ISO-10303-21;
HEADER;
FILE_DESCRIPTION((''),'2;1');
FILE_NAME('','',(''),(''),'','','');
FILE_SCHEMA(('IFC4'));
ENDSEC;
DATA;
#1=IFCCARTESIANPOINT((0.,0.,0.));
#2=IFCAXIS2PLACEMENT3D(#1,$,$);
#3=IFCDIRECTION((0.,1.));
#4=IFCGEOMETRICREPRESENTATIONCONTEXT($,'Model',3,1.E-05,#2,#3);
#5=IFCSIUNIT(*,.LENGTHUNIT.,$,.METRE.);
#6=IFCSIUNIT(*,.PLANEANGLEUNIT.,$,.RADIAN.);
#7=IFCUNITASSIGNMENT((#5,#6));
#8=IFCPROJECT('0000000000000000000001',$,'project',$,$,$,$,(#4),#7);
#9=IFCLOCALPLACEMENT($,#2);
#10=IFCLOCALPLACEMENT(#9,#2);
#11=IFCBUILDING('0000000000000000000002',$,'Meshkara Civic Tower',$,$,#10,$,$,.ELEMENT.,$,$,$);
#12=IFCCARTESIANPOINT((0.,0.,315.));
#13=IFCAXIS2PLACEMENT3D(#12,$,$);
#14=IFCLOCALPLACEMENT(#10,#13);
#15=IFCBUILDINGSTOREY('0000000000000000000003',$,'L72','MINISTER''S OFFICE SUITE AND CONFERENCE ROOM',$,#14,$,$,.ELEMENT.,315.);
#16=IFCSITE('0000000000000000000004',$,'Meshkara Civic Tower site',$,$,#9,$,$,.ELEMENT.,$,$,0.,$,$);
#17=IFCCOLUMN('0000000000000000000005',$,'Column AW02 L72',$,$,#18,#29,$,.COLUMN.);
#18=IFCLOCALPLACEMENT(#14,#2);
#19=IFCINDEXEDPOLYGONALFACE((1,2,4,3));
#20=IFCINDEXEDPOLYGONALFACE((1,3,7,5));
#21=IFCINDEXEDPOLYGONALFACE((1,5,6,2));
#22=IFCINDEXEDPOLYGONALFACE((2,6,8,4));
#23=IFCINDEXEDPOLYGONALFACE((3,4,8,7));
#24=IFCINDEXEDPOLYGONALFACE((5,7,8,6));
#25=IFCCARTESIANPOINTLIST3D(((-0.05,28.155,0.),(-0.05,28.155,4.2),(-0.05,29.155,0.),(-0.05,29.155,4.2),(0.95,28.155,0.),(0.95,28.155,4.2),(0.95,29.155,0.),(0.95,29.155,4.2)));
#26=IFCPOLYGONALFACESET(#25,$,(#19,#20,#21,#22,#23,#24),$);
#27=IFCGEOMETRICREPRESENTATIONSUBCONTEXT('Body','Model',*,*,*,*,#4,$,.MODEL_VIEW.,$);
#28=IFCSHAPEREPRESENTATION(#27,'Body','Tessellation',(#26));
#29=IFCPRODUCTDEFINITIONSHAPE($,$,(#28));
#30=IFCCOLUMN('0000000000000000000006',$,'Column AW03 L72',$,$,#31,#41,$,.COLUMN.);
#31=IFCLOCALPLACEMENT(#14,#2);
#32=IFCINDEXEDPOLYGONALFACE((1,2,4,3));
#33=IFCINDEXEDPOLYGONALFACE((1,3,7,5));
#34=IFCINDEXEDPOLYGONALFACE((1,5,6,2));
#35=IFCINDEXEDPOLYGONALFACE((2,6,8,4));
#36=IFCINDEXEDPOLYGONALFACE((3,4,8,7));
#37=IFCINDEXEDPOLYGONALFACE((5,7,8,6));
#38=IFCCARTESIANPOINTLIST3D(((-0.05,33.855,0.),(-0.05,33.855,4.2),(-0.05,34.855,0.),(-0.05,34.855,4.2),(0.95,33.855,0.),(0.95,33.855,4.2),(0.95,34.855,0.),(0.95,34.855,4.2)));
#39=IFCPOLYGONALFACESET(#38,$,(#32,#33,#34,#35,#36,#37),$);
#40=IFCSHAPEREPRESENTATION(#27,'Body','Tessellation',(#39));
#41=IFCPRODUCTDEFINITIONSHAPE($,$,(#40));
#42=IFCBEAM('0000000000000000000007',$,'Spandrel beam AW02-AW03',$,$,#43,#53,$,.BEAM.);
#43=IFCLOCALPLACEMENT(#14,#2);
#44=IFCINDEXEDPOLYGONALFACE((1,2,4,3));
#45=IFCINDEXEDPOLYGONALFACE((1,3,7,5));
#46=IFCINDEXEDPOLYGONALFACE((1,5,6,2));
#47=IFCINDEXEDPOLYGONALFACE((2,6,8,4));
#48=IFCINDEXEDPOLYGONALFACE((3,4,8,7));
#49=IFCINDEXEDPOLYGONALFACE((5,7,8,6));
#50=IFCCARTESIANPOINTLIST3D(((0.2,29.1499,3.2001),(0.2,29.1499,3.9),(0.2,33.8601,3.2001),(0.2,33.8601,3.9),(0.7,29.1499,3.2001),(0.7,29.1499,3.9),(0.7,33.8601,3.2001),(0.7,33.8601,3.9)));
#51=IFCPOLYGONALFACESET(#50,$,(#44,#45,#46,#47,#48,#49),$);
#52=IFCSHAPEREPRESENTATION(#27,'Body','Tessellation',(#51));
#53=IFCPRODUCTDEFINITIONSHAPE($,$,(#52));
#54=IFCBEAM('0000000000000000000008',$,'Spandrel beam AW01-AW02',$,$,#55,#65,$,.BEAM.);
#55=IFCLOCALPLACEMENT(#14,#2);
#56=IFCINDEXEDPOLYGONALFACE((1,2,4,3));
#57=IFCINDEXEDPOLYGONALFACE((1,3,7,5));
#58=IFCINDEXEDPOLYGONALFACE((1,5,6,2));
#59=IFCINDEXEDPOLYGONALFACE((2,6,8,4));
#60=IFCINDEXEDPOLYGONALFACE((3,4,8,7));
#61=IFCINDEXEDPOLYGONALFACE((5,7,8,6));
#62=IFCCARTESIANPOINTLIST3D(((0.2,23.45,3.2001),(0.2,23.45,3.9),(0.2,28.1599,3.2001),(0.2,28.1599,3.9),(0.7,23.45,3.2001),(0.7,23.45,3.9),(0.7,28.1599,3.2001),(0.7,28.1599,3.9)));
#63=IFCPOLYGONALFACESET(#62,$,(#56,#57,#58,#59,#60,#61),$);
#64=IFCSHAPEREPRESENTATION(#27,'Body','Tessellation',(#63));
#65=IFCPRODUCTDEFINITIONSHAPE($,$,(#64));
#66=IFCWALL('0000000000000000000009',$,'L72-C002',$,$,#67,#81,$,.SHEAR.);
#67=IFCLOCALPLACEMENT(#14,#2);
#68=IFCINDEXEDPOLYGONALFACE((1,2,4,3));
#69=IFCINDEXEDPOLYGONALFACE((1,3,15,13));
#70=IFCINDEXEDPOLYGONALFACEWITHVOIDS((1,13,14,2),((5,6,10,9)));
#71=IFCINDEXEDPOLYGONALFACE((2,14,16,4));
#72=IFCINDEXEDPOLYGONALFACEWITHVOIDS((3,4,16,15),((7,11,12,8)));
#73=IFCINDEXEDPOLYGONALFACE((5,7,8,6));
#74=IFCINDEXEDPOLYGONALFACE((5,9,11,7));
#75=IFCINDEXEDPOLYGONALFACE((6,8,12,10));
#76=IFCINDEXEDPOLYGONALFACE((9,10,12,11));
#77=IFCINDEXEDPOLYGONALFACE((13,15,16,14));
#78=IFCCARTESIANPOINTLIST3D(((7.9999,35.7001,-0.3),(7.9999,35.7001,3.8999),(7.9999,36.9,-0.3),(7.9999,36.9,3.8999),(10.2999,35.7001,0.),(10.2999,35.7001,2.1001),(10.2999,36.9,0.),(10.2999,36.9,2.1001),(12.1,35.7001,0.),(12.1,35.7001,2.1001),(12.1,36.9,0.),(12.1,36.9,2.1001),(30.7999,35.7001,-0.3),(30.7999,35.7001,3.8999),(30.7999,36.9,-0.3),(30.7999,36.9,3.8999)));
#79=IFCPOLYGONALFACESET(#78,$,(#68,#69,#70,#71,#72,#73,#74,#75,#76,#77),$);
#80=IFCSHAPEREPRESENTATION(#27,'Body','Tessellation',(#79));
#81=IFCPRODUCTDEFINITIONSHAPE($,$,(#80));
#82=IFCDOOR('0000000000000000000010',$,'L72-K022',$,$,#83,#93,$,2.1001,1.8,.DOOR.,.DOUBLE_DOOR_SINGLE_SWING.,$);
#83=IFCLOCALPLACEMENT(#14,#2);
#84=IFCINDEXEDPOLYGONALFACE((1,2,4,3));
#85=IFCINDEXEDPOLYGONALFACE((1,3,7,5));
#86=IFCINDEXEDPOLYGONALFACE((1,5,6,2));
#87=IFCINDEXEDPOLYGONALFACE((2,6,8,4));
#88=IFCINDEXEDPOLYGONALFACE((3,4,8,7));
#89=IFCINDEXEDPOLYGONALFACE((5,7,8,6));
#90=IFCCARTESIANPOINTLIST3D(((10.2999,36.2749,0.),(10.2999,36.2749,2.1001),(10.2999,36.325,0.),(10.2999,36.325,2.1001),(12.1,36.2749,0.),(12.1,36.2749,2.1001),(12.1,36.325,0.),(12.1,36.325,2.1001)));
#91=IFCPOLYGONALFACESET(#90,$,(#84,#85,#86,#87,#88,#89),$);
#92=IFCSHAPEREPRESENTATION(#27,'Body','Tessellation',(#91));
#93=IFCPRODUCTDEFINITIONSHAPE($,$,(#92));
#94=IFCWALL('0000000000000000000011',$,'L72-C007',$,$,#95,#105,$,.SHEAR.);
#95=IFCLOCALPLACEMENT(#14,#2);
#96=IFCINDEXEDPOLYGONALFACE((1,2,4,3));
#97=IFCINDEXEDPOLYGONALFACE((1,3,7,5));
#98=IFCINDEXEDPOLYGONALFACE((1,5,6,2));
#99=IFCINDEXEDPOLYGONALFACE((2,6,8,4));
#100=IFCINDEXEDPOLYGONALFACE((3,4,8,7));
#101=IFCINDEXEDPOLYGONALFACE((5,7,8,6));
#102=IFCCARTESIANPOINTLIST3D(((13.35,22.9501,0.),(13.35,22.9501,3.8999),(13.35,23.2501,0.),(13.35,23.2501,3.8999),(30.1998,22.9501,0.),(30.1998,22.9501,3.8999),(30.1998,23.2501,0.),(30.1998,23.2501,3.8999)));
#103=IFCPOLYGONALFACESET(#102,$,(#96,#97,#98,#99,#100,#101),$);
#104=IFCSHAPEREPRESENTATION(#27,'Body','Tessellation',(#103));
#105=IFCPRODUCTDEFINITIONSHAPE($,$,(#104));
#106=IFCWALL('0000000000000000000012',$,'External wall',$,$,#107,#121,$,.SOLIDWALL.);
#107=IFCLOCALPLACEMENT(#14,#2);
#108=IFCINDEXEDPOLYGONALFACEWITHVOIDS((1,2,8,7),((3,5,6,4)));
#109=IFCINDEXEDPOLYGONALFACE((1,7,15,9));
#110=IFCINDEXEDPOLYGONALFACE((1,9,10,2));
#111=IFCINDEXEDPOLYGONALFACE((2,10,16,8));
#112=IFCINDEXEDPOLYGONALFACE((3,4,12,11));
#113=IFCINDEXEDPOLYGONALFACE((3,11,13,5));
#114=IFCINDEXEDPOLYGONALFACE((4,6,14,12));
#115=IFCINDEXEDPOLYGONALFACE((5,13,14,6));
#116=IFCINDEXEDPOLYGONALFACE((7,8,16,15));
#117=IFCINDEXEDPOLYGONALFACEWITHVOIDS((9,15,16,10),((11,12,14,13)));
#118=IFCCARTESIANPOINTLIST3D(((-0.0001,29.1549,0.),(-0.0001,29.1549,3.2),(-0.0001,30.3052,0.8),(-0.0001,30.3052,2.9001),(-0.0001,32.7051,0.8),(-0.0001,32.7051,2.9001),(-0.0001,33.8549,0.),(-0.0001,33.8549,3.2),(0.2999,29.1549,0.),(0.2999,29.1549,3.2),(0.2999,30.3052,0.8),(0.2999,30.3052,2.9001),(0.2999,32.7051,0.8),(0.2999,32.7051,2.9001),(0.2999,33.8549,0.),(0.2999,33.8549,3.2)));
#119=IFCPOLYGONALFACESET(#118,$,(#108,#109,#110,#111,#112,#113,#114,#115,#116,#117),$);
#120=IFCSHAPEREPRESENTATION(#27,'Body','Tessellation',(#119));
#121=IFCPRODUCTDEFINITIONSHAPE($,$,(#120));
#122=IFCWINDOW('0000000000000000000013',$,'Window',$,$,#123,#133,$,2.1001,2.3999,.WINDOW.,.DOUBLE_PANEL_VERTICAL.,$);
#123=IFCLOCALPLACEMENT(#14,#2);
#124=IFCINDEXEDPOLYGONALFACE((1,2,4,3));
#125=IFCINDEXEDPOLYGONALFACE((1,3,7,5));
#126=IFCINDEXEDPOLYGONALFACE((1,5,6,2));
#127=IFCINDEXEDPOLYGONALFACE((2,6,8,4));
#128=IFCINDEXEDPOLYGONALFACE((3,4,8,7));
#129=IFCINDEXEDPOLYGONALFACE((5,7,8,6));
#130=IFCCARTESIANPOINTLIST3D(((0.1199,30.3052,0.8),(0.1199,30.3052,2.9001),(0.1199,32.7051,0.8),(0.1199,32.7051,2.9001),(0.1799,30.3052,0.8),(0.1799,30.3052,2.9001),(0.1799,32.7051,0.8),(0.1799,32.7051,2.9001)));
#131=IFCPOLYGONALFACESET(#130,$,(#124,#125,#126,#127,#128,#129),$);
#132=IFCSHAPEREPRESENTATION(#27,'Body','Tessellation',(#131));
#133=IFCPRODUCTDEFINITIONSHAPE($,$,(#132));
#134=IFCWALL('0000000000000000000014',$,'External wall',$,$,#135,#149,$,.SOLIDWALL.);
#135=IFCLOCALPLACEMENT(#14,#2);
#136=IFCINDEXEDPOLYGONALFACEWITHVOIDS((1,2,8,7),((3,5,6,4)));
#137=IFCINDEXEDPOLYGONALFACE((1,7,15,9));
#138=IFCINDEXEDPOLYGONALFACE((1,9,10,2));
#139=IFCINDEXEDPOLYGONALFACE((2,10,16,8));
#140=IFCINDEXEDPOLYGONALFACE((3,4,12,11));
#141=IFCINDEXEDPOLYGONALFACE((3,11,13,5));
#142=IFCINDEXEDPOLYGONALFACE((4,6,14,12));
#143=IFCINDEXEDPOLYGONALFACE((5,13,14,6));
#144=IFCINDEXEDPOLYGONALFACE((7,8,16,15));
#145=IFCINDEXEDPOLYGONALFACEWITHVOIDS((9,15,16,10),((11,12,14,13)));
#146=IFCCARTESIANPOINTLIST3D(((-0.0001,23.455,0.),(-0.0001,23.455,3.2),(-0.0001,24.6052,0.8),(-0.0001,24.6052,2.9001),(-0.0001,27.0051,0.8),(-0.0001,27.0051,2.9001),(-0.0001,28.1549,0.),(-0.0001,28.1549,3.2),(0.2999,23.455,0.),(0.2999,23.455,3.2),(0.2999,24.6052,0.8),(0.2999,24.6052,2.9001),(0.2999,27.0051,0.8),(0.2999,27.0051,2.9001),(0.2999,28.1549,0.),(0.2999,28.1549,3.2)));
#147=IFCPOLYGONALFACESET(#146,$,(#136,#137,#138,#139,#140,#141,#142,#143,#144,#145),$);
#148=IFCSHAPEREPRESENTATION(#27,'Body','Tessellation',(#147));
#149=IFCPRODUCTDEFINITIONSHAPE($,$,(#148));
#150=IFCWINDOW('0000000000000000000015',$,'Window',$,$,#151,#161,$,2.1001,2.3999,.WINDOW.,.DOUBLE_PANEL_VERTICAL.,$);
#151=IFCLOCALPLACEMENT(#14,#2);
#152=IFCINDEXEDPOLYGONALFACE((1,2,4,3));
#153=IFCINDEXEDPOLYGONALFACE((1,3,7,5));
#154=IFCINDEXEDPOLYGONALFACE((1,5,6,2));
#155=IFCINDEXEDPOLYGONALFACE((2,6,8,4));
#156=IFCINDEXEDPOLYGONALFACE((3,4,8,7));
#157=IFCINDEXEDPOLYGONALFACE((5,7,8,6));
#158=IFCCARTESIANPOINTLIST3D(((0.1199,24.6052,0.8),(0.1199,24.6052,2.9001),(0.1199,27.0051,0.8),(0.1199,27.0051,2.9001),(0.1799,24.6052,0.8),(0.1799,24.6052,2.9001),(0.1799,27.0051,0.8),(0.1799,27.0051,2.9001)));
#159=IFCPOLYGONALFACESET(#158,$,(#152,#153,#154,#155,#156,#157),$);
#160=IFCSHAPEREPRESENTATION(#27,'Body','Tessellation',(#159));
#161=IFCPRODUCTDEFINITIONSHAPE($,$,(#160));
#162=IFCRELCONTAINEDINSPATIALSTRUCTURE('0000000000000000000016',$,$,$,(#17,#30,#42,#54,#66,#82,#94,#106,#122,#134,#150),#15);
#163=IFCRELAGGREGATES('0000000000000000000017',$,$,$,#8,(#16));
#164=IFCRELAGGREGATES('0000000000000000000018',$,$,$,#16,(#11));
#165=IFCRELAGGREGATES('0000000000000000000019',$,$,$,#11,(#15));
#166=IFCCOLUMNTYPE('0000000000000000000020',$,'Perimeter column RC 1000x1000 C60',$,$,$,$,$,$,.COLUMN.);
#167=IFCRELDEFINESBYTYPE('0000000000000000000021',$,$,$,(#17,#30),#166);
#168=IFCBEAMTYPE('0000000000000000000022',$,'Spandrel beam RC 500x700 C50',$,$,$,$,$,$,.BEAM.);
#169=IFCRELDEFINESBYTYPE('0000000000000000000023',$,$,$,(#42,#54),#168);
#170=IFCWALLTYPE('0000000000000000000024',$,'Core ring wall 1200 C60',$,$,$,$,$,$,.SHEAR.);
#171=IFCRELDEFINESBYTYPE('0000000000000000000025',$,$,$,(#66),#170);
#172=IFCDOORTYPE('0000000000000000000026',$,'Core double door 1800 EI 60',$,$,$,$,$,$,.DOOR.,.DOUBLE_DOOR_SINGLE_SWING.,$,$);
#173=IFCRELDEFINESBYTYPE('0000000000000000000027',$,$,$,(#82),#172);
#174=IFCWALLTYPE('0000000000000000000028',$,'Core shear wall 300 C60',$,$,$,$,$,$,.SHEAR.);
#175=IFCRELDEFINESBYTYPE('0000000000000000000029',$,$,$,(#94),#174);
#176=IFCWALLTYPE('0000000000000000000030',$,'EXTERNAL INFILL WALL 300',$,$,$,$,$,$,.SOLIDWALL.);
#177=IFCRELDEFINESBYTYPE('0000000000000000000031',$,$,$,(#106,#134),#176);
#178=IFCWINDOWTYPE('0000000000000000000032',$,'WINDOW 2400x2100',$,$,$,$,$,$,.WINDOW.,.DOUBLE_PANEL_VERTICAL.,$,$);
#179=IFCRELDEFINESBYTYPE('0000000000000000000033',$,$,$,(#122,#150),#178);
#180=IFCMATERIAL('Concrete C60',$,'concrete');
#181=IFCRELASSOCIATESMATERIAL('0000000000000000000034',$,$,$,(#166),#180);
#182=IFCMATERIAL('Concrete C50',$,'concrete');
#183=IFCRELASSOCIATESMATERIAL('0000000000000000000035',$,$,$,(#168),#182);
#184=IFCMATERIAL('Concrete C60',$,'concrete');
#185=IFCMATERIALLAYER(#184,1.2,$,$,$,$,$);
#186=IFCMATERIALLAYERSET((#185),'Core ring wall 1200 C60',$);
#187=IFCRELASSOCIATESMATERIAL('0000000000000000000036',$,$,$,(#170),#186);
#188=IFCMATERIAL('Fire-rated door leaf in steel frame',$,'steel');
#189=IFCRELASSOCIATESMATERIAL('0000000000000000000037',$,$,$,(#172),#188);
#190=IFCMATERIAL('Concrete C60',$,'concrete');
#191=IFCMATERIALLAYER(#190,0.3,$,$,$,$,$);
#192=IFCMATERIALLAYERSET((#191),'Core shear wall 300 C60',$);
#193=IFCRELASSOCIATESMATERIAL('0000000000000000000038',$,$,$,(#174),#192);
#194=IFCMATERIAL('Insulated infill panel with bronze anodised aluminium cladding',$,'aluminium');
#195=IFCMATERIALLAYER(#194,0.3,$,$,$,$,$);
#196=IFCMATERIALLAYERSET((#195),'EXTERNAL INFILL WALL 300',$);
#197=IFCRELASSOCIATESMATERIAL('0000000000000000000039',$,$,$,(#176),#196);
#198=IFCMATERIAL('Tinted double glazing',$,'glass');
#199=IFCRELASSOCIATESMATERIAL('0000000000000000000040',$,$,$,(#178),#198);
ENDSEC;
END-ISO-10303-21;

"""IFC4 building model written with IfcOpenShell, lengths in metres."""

from ifc_helpers import new_model, si_unit, direction, frame, frame_2d, origin, origin_2d, place, context, subcontext, project, spatial, rectangle, extrude, material, layer, layer_set, material_profile, profile_set, type_object, element, fill, save


model = new_model("IFC4")

# Units and contexts
model_context = context("Model", 3, precision=1e-05, world=origin(), true_north=direction((0.0, 1.0)))
body_context = subcontext(model_context, "Body", "Model", "MODEL_VIEW")
ifc_project = project(units=[si_unit("LENGTHUNIT", "METRE"), si_unit("PLANEANGLEUNIT", "RADIAN")], contexts=[model_context])

# Site, building, storey
site_placement = place(None, origin())
site = spatial("IfcSite", under=ifc_project, at=site_placement, Name="Meshkara Civic Tower site", CompositionType="ELEMENT", RefElevation=0.0)
building_placement = place(site_placement, origin())
building = spatial("IfcBuilding", under=site, at=building_placement, Name="Meshkara Civic Tower", CompositionType="ELEMENT")
storey_placement = place(building_placement, frame((0.0, 0.0, 315.0)))
storey = spatial("IfcBuildingStorey", under=building, at=storey_placement, Name="L72", Description="MINISTER'S OFFICE SUITE AND CONFERENCE ROOM", CompositionType="ELEMENT", Elevation=315.0)

# Columns
ifc_material_1 = material(Name="Concrete C60", Category="concrete")
ifc_material_profile_1 = material_profile(ifc_material_1, rectangle(XDim=1.0, YDim=1.0, at=origin_2d()))
ifc_profile_set_1 = profile_set([ifc_material_profile_1], Name="Concrete C60")
column_type = type_object("IfcColumnType", Name="Perimeter column RC 1000x1000 C60", PredefinedType="COLUMN", material=ifc_profile_set_1)
for number, where, z_axis, x_axis, name in (
    (1, (0.45, 28.655, 0.0), (0.0, 0.0, 1.0), (1.0, 0.0, 0.0), "Column AW02 L72"),
    (2, (0.45, 34.355, 0.0), (0.0, 0.0, 1.0), (1.0, 0.0, 0.0), "Column AW03 L72"),
):
    element("IfcColumn", number, at=place(storey_placement, frame(where, z_axis=z_axis, x_axis=x_axis)), inside=storey, type_object=column_type, Name=name, PredefinedType="COLUMN", context=body_context, shape_type="SweptSolid", body=[
        extrude(rectangle(XDim=1.0, YDim=1.0, at=origin_2d()), origin(), (0.0, 0.0, 1.0), 4.2),
    ])

# Beams
ifc_material_2 = material(Name="Concrete C50", Category="concrete")
ifc_material_profile_2 = material_profile(ifc_material_2, rectangle(XDim=0.5, YDim=0.7, at=origin_2d()))
ifc_profile_set_2 = profile_set([ifc_material_profile_2], Name="Concrete C50")
beam_type = type_object("IfcBeamType", Name="Spandrel beam RC 500x700 C50", PredefinedType="BEAM", material=ifc_profile_set_2)
beam_1_placement = place(storey_placement, frame((0.45, 33.8601, 3.55), z_axis=(0.0, -1.0, 0.0), x_axis=(1.0, 0.0, 0.0)))
element("IfcBeam", 3, at=beam_1_placement, inside=storey, type_object=beam_type, Name="Spandrel beam AW02-AW03", PredefinedType="BEAM", context=body_context, shape_type="SweptSolid", body=[
    extrude(rectangle(XDim=0.5, YDim=0.7, at=origin_2d()), origin(), (0.0, 0.0, 1.0), 4.7102),
])
beam_2_placement = place(storey_placement, frame((0.45, 28.1599, 3.55), z_axis=(0.0, -1.0, 0.0), x_axis=(1.0, 0.0, 0.0)))
element("IfcBeam", 4, at=beam_2_placement, inside=storey, type_object=beam_type, Name="Spandrel beam AW01-AW02", PredefinedType="BEAM", context=body_context, shape_type="SweptSolid", body=[
    extrude(rectangle(XDim=0.5, YDim=0.7, at=origin_2d()), origin(), (0.0, 0.0, 1.0), 4.71),
])

# Wall, opening, door
ifc_material_3 = material(Name="Concrete C60", Category="concrete")
ifc_layer_1 = layer(ifc_material_3, 1.2)
ifc_layer_set_1 = layer_set([ifc_layer_1], Name="Core ring wall 1200 C60")
wall_type_1 = type_object("IfcWallType", Name="Core ring wall 1200 C60", PredefinedType="SHEAR", material=ifc_layer_set_1)
wall_1_placement = place(storey_placement, frame((8.0, 36.3, -0.3), z_axis=(0.0, 0.0, 1.0), x_axis=(1.0, 0.0, 0.0)))
wall_1 = element("IfcWall", 5, at=wall_1_placement, inside=storey, type_object=wall_type_1, Name="L72-C002", PredefinedType="SHEAR", context=body_context, shape_type="SweptSolid", body=[
    extrude(rectangle(XDim=22.8, YDim=1.2, at=frame_2d((11.3999, 0.0))), origin(), (0.0, 0.0, 1.0), 4.2),
])
opening_1_placement = place(wall_1_placement, frame((2.3, 0.0, 0.3)))
opening_1 = element("IfcOpeningElement", 6, at=opening_1_placement, cuts=wall_1, PredefinedType="OPENING", context=body_context, shape_type="SweptSolid", body=[
    extrude(rectangle(XDim=1.8, YDim=2.1001, at=frame_2d((0.8999, 1.05))), frame((0.0, 0.6099, 0.0), z_axis=(0.0, -1.0, 0.0), x_axis=(1.0, 0.0, 0.0)), (0.0, 0.0, 1.0), 1.22),
])
ifc_material_4 = material(Name="Fire-rated door leaf in steel frame", Category="steel")
door_type_1 = type_object("IfcDoorType", Name="Core double door 1800 EI 60", OperationType="DOUBLE_DOOR_SINGLE_SWING", PredefinedType="DOOR", material=ifc_material_4)
door_1_placement = place(opening_1_placement, origin())
door_1 = element("IfcDoor", 7, at=door_1_placement, inside=storey, type_object=door_type_1, Name="L72-K022", OperationType="DOUBLE_DOOR_SINGLE_SWING", OverallHeight=2.1001, OverallWidth=1.8, PredefinedType="DOOR", context=body_context, shape_type="SweptSolid", body=[
    extrude(rectangle(XDim=1.8, YDim=2.1001, at=frame_2d((0.8999, 1.05))), frame((0.0, 0.0249, 0.0), z_axis=(0.0, -1.0, 0.0), x_axis=(1.0, 0.0, 0.0)), (0.0, 0.0, 1.0), 0.05),
])
fill(opening_1, door_1)

# Wall
ifc_material_5 = material(Name="Concrete C60", Category="concrete")
ifc_layer_2 = layer(ifc_material_5, 0.3)
ifc_layer_set_2 = layer_set([ifc_layer_2], Name="Core shear wall 300 C60")
wall_type_2 = type_object("IfcWallType", Name="Core shear wall 300 C60", PredefinedType="SHEAR", material=ifc_layer_set_2)
wall_2_placement = place(storey_placement, frame((13.3501, 23.1001, 0.0), z_axis=(0.0, 0.0, 1.0), x_axis=(1.0, 0.0, 0.0)))
element("IfcWall", 8, at=wall_2_placement, inside=storey, type_object=wall_type_2, Name="L72-C007", PredefinedType="SHEAR", context=body_context, shape_type="SweptSolid", body=[
    extrude(rectangle(XDim=16.8499, YDim=0.3, at=frame_2d((8.4248, 0.0))), origin(), (0.0, 0.0, 1.0), 3.8999),
])

# Walls, openings, windows
ifc_material_6 = material(Name="Insulated infill panel with bronze anodised aluminium cladding", Category="aluminium")
ifc_layer_3 = layer(ifc_material_6, 0.3)
ifc_layer_set_3 = layer_set([ifc_layer_3], Name="EXTERNAL INFILL WALL 300")
wall_type_3 = type_object("IfcWallType", Name="EXTERNAL INFILL WALL 300", PredefinedType="SOLIDWALL", material=ifc_layer_set_3)
wall_3_placement = place(storey_placement, frame((0.1499, 33.855, 0.0), z_axis=(0.0, 0.0, 1.0), x_axis=(0.0, -1.0, 0.0)))
wall_3 = element("IfcWall", 9, at=wall_3_placement, inside=storey, type_object=wall_type_3, Name="External wall", PredefinedType="SOLIDWALL", context=body_context, shape_type="SweptSolid", body=[
    extrude(rectangle(XDim=4.7, YDim=0.3, at=frame_2d((2.3501, 0.0))), origin(), (0.0, 0.0, 1.0), 3.2),
])
opening_2_placement = place(wall_3_placement, frame((1.1499, 0.0, 0.8)))
opening_2 = element("IfcOpeningElement", 10, at=opening_2_placement, cuts=wall_3, PredefinedType="OPENING", context=body_context, shape_type="SweptSolid", body=[
    extrude(rectangle(XDim=2.3999, YDim=2.1001, at=frame_2d((1.2, 1.05))), frame((0.0, 0.1599, 0.0), z_axis=(0.0, -1.0, 0.0), x_axis=(1.0, 0.0, 0.0)), (0.0, 0.0, 1.0), 0.3201),
])
ifc_material_7 = material(Name="Tinted double glazing", Category="glass")
window_type = type_object("IfcWindowType", Name="WINDOW 2400x2100", PartitioningType="DOUBLE_PANEL_VERTICAL", PredefinedType="WINDOW", material=ifc_material_7)
window_1_placement = place(opening_2_placement, origin())
window_1 = element("IfcWindow", 11, at=window_1_placement, inside=storey, type_object=window_type, Name="Window", OverallHeight=2.1001, OverallWidth=2.3999, PartitioningType="DOUBLE_PANEL_VERTICAL", PredefinedType="WINDOW", context=body_context, shape_type="SweptSolid", body=[
    extrude(rectangle(XDim=2.3999, YDim=2.1001, at=frame_2d((1.2, 1.05))), frame((0.0, 0.03, 0.0), z_axis=(0.0, -1.0, 0.0), x_axis=(1.0, 0.0, 0.0)), (0.0, 0.0, 1.0), 0.0601),
])
fill(opening_2, window_1)
wall_4_placement = place(storey_placement, frame((0.1499, 28.155, 0.0), z_axis=(0.0, 0.0, 1.0), x_axis=(0.0, -1.0, 0.0)))
wall_4 = element("IfcWall", 12, at=wall_4_placement, inside=storey, type_object=wall_type_3, Name="External wall", PredefinedType="SOLIDWALL", context=body_context, shape_type="SweptSolid", body=[
    extrude(rectangle(XDim=4.7, YDim=0.3, at=frame_2d((2.3501, 0.0))), origin(), (0.0, 0.0, 1.0), 3.2),
])
opening_3_placement = place(wall_4_placement, frame((1.1499, 0.0, 0.8)))
opening_3 = element("IfcOpeningElement", 13, at=opening_3_placement, cuts=wall_4, PredefinedType="OPENING", context=body_context, shape_type="SweptSolid", body=[
    extrude(rectangle(XDim=2.3999, YDim=2.1001, at=frame_2d((1.2, 1.05))), frame((0.0, 0.1599, 0.0), z_axis=(0.0, -1.0, 0.0), x_axis=(1.0, 0.0, 0.0)), (0.0, 0.0, 1.0), 0.3201),
])
window_2_placement = place(opening_3_placement, origin())
window_2 = element("IfcWindow", 14, at=window_2_placement, inside=storey, type_object=window_type, Name="Window", OverallHeight=2.1001, OverallWidth=2.3999, PartitioningType="DOUBLE_PANEL_VERTICAL", PredefinedType="WINDOW", context=body_context, shape_type="SweptSolid", body=[
    extrude(rectangle(XDim=2.3999, YDim=2.1001, at=frame_2d((1.2, 1.05))), frame((0.0, 0.03, 0.0), z_axis=(0.0, -1.0, 0.0), x_axis=(1.0, 0.0, 0.0)), (0.0, 0.0, 1.0), 0.0601),
])
fill(opening_3, window_2)

save(model, "model.ifc")
